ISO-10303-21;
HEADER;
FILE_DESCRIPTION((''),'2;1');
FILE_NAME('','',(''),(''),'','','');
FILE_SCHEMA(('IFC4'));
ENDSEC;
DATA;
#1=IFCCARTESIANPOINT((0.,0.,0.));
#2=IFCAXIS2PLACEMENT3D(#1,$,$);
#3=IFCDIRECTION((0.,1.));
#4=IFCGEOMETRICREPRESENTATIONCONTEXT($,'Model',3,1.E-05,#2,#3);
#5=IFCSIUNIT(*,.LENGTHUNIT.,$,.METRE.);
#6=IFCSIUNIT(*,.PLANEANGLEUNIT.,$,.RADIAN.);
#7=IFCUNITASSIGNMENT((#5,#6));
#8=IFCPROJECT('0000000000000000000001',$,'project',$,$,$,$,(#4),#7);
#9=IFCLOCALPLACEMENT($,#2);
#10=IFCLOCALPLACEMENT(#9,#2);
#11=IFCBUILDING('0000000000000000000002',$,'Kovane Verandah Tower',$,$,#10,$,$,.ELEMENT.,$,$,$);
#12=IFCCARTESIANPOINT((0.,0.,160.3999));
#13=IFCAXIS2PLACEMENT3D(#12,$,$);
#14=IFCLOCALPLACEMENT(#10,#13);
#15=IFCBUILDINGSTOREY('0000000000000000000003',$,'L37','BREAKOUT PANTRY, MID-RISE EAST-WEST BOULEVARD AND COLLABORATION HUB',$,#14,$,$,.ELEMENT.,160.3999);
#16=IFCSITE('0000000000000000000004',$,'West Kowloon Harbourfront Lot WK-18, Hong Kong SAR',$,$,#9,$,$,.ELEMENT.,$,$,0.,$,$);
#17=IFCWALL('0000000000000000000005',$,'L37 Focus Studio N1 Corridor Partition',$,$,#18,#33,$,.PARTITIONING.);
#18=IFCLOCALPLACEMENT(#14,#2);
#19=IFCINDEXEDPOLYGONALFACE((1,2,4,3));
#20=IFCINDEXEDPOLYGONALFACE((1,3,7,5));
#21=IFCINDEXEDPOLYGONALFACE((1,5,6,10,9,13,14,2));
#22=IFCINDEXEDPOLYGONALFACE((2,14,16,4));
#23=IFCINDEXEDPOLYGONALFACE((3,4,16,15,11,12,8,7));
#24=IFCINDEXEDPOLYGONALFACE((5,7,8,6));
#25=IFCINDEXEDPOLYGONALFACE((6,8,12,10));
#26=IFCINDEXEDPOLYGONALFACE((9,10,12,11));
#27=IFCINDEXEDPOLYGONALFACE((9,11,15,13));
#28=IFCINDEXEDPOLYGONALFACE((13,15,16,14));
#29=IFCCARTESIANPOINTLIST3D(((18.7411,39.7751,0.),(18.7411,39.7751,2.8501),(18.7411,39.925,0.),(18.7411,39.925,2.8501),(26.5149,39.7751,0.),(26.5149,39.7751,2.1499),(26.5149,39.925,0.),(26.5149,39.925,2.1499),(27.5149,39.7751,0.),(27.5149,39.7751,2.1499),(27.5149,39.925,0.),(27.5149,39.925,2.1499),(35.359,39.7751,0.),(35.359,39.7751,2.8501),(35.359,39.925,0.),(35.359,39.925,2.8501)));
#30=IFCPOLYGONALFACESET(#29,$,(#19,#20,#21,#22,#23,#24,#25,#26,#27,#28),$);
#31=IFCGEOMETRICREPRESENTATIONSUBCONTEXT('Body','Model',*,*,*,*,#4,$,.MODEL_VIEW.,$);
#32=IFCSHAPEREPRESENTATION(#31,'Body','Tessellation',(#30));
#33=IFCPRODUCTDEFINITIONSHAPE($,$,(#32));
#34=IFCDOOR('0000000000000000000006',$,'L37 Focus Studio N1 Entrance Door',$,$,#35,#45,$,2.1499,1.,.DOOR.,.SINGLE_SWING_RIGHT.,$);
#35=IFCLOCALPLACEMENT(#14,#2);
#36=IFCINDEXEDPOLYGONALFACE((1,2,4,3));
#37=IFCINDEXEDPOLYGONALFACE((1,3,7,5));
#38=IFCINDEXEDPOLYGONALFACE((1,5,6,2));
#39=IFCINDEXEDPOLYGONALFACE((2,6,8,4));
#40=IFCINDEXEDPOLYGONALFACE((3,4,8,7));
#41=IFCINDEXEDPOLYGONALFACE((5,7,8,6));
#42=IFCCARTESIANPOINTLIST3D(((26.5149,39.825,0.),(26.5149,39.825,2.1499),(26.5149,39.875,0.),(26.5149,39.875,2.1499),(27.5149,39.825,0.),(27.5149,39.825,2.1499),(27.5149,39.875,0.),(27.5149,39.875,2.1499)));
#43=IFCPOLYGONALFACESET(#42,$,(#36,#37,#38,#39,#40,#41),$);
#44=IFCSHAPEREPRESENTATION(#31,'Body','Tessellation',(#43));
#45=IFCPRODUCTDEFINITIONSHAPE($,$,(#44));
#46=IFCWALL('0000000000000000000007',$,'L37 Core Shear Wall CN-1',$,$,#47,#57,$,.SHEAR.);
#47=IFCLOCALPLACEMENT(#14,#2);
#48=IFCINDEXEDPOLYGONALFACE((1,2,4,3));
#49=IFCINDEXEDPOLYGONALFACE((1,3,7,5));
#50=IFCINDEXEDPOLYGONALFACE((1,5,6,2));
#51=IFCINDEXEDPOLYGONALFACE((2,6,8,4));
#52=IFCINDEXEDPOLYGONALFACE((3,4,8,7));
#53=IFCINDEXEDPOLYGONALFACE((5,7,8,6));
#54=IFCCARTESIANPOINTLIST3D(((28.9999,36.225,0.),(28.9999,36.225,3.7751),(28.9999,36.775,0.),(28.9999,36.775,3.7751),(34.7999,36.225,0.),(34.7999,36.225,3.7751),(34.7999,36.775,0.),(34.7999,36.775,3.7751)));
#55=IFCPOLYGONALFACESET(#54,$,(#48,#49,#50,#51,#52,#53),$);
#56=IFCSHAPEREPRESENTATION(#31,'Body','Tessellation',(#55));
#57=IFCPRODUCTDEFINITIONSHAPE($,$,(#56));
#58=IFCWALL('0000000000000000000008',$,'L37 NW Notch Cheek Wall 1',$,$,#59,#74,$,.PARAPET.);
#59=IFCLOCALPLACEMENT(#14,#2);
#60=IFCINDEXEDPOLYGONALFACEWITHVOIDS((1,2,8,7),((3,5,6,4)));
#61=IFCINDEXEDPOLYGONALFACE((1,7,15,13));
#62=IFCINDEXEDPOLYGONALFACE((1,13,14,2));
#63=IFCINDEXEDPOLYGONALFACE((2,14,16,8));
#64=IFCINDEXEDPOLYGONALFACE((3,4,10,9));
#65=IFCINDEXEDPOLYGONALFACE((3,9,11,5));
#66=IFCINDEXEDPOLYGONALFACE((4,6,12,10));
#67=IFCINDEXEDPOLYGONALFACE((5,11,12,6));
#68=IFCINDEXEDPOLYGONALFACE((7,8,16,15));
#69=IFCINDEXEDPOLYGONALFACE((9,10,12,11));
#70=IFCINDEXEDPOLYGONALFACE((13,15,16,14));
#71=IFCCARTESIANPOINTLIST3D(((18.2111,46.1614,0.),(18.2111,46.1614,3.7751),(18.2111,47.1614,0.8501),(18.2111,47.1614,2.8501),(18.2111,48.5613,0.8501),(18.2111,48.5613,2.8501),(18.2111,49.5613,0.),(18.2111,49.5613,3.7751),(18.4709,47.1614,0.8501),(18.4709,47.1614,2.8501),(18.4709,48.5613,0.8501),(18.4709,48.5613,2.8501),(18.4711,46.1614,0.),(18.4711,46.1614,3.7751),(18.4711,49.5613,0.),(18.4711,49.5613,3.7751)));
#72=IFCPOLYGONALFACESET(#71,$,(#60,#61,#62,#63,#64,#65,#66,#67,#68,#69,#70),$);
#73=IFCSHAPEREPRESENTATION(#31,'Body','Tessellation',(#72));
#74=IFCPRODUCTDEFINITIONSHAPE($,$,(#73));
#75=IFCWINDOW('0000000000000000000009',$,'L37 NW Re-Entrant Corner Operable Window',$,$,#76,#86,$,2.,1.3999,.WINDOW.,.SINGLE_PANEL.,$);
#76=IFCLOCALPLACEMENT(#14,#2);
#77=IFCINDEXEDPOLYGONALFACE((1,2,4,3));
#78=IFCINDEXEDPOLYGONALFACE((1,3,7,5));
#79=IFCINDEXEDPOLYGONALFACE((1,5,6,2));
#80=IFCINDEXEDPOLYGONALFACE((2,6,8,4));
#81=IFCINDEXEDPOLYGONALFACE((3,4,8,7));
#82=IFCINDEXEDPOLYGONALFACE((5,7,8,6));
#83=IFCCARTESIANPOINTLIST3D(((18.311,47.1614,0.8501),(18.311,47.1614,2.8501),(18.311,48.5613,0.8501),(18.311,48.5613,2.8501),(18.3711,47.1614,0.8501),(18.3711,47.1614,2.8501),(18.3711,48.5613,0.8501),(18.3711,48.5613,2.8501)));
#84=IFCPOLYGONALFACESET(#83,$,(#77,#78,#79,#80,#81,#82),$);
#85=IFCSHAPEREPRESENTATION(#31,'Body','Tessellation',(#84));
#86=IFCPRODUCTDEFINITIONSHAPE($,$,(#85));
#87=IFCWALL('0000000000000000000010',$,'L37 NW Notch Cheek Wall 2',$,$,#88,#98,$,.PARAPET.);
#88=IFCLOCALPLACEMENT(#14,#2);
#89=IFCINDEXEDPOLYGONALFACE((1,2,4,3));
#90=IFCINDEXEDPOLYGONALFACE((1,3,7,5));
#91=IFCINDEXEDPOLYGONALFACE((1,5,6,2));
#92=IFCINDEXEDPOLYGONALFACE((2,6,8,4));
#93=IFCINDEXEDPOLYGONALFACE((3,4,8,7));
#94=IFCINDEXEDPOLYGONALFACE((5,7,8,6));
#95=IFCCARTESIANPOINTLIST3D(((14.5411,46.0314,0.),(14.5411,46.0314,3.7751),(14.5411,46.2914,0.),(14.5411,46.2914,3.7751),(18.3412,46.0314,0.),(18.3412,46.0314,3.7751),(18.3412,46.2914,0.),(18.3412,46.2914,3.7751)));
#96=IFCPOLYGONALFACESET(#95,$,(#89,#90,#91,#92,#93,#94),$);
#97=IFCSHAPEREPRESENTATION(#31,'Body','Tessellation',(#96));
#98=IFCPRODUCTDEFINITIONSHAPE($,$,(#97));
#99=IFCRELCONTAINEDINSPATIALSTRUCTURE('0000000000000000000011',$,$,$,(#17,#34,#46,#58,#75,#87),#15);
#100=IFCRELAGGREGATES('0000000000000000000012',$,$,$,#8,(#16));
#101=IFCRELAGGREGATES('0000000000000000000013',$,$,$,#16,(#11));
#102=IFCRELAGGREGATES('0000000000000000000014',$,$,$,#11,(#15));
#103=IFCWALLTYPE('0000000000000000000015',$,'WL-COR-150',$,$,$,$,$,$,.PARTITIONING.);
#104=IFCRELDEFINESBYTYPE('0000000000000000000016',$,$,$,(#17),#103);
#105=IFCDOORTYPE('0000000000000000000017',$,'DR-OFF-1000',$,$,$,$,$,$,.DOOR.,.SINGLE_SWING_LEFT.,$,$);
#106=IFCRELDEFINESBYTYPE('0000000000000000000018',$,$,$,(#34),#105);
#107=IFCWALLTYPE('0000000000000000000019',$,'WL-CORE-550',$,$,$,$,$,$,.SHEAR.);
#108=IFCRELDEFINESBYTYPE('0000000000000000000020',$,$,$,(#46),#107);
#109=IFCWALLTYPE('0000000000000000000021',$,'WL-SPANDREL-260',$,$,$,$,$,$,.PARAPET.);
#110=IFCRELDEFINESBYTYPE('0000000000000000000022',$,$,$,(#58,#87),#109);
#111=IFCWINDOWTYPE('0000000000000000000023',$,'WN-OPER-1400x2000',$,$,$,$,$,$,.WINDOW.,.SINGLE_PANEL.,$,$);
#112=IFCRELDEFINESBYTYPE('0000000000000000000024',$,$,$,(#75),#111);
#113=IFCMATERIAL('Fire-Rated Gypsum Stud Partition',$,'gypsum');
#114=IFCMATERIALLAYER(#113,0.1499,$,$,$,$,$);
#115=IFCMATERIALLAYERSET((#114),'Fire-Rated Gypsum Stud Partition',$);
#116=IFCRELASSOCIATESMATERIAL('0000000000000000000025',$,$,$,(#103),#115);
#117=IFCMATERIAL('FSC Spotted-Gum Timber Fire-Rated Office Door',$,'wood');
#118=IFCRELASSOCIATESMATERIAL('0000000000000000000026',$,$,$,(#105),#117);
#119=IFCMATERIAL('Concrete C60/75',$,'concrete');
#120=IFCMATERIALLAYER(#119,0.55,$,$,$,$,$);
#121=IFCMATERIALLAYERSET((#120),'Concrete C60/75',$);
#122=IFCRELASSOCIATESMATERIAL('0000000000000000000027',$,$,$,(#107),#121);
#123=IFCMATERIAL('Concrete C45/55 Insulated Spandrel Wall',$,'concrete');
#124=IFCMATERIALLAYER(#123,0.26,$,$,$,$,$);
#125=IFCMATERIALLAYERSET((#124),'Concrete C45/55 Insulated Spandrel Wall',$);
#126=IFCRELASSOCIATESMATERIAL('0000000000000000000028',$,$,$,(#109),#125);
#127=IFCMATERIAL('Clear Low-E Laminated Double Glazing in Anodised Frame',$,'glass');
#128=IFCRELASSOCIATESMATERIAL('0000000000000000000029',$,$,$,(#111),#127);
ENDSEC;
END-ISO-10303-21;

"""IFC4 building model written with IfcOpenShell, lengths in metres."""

from ifc_helpers import new_model, si_unit, direction, frame, frame_2d, origin, place, context, subcontext, project, spatial, rectangle, extrude, material, layer, layer_set, type_object, element, fill, save


model = new_model("IFC4")

# Units and contexts
model_context = context("Model", 3, precision=1e-05, world=origin(), true_north=direction((0.0, 1.0)))
body_context = subcontext(model_context, "Body", "Model", "MODEL_VIEW")
ifc_project = project(units=[si_unit("LENGTHUNIT", "METRE"), si_unit("PLANEANGLEUNIT", "RADIAN")], contexts=[model_context])

# Site, building, storey
site_placement = place(None, origin())
site = spatial("IfcSite", under=ifc_project, at=site_placement, Name="West Kowloon Harbourfront Lot WK-18, Hong Kong SAR", CompositionType="ELEMENT", RefElevation=0.0)
building_placement = place(site_placement, origin())
building = spatial("IfcBuilding", under=site, at=building_placement, Name="Kovane Verandah Tower", CompositionType="ELEMENT")
storey_placement = place(building_placement, frame((0.0, 0.0, 160.3999)))
storey = spatial("IfcBuildingStorey", under=building, at=storey_placement, Name="L37", Description="BREAKOUT PANTRY, MID-RISE EAST-WEST BOULEVARD AND COLLABORATION HUB", CompositionType="ELEMENT", Elevation=160.3999)

# Wall, opening, door
ifc_material_1 = material(Name="Fire-Rated Gypsum Stud Partition", Category="gypsum")
ifc_layer_1 = layer(ifc_material_1, 0.1499)
ifc_layer_set_1 = layer_set([ifc_layer_1], Name="Fire-Rated Gypsum Stud Partition")
wall_type_1 = type_object("IfcWallType", Name="WL-COR-150", PredefinedType="PARTITIONING", material=ifc_layer_set_1)
wall_1_placement = place(storey_placement, frame((18.741, 39.8501, 0.0), z_axis=(0.0, 0.0, 1.0), x_axis=(1.0, 0.0, 0.0)))
wall_1 = element("IfcWall", 1, at=wall_1_placement, inside=storey, type_object=wall_type_1, Name="L37 Focus Studio N1 Corridor Partition", PredefinedType="PARTITIONING", context=body_context, shape_type="SweptSolid", body=[
    extrude(rectangle(XDim=16.6179, YDim=0.1499, at=frame_2d((8.3091, 0.0))), origin(), (0.0, 0.0, 1.0), 2.8501),
])
opening_1_placement = place(wall_1_placement, frame((7.7739, 0.0, 0.0)))
opening_1 = element("IfcOpeningElement", 2, at=opening_1_placement, cuts=wall_1, PredefinedType="OPENING", context=body_context, shape_type="SweptSolid", body=[
    extrude(rectangle(XDim=1.0, YDim=2.1499, at=frame_2d((0.5, 1.075))), frame((0.0, 0.075, 0.0), z_axis=(0.0, -1.0, 0.0), x_axis=(1.0, 0.0, 0.0)), (0.0, 0.0, 1.0), 0.1499),
])
ifc_material_2 = material(Name="FSC Spotted-Gum Timber Fire-Rated Office Door", Category="wood")
door_type_1 = type_object("IfcDoorType", Name="DR-OFF-1000", OperationType="SINGLE_SWING_LEFT", PredefinedType="DOOR", material=ifc_material_2)
door_1_placement = place(opening_1_placement, origin())
door_1 = element("IfcDoor", 3, at=door_1_placement, inside=storey, type_object=door_type_1, Name="L37 Focus Studio N1 Entrance Door", OperationType="SINGLE_SWING_RIGHT", OverallHeight=2.1499, OverallWidth=1.0, PredefinedType="DOOR", context=body_context, shape_type="SweptSolid", body=[
    extrude(rectangle(XDim=1.0, YDim=2.1499, at=frame_2d((0.5, 1.075))), frame((0.0, 0.0249, 0.0), z_axis=(0.0, -1.0, 0.0), x_axis=(1.0, 0.0, 0.0)), (0.0, 0.0, 1.0), 0.05),
])
fill(opening_1, door_1)

# Wall
ifc_material_3 = material(Name="Concrete C60/75", Category="concrete")
ifc_layer_2 = layer(ifc_material_3, 0.55)
ifc_layer_set_2 = layer_set([ifc_layer_2], Name="Concrete C60/75")
wall_type_2 = type_object("IfcWallType", Name="WL-CORE-550", PredefinedType="SHEAR", material=ifc_layer_set_2)
wall_2_placement = place(storey_placement, frame((29.0, 36.5, 0.0), z_axis=(0.0, 0.0, 1.0), x_axis=(1.0, 0.0, 0.0)))
element("IfcWall", 4, at=wall_2_placement, inside=storey, type_object=wall_type_2, Name="L37 Core Shear Wall CN-1", PredefinedType="SHEAR", context=body_context, shape_type="SweptSolid", body=[
    extrude(rectangle(XDim=5.8, YDim=0.55, at=frame_2d((2.8999, 0.0))), origin(), (0.0, 0.0, 1.0), 3.7751),
])

# Shared definitions
ifc_material_4 = material(Name="Concrete C45/55 Insulated Spandrel Wall", Category="concrete")
ifc_layer_3 = layer(ifc_material_4, 0.26)
ifc_layer_set_3 = layer_set([ifc_layer_3], Name="Concrete C45/55 Insulated Spandrel Wall")
wall_type_3 = type_object("IfcWallType", Name="WL-SPANDREL-260", PredefinedType="PARAPET", material=ifc_layer_set_3)
ifc_material_5 = material(Name="Clear Low-E Laminated Double Glazing in Anodised Frame", Category="glass")

# Wall, opening, window
wall_3_placement = place(storey_placement, frame((18.3411, 49.5613, 0.0), z_axis=(0.0, 0.0, 1.0), x_axis=(0.0, -1.0, 0.0)))
wall_3 = element("IfcWall", 5, at=wall_3_placement, inside=storey, type_object=wall_type_3, Name="L37 NW Notch Cheek Wall 1", PredefinedType="PARAPET", context=body_context, shape_type="SweptSolid", body=[
    extrude(rectangle(XDim=3.3999, YDim=0.26, at=frame_2d((1.7, 0.0))), origin(), (0.0, 0.0, 1.0), 3.7751),
])
opening_2_placement = place(wall_3_placement, frame((1.0, 0.0, 0.8501)))
opening_2 = element("IfcOpeningElement", 6, at=opening_2_placement, cuts=wall_3, PredefinedType="OPENING", context=body_context, shape_type="SweptSolid", body=[
    extrude(rectangle(XDim=1.3999, YDim=2.0, at=frame_2d((0.7, 1.0))), frame((0.0, 0.1299, 0.0), z_axis=(0.0, -1.0, 0.0), x_axis=(1.0, 0.0, 0.0)), (0.0, 0.0, 1.0), 0.26),
])
window_type_1 = type_object("IfcWindowType", Name="WN-OPER-1400x2000", PartitioningType="SINGLE_PANEL", PredefinedType="WINDOW", material=ifc_material_5)
window_1_placement = place(opening_2_placement, origin())
window_1 = element("IfcWindow", 7, at=window_1_placement, inside=storey, type_object=window_type_1, Name="L37 NW Re-Entrant Corner Operable Window", OverallHeight=2.0, OverallWidth=1.3999, PartitioningType="SINGLE_PANEL", PredefinedType="WINDOW", context=body_context, shape_type="SweptSolid", body=[
    extrude(rectangle(XDim=1.3999, YDim=2.0, at=frame_2d((0.7, 1.0))), frame((0.0, 0.03, 0.0), z_axis=(0.0, -1.0, 0.0), x_axis=(1.0, 0.0, 0.0)), (0.0, 0.0, 1.0), 0.0601),
])
fill(opening_2, window_1)

# Wall
wall_4_placement = place(storey_placement, frame((18.3411, 46.1614, 0.0), z_axis=(0.0, 0.0, 1.0), x_axis=(-1.0, 0.0, 0.0)))
element("IfcWall", 8, at=wall_4_placement, inside=storey, type_object=wall_type_3, Name="L37 NW Notch Cheek Wall 2", PredefinedType="PARAPET", context=body_context, shape_type="SweptSolid", body=[
    extrude(rectangle(XDim=3.8, YDim=0.26, at=frame_2d((1.8999, 0.0))), origin(), (0.0, 0.0, 1.0), 3.7751),
])

save(model, "model.ifc")
